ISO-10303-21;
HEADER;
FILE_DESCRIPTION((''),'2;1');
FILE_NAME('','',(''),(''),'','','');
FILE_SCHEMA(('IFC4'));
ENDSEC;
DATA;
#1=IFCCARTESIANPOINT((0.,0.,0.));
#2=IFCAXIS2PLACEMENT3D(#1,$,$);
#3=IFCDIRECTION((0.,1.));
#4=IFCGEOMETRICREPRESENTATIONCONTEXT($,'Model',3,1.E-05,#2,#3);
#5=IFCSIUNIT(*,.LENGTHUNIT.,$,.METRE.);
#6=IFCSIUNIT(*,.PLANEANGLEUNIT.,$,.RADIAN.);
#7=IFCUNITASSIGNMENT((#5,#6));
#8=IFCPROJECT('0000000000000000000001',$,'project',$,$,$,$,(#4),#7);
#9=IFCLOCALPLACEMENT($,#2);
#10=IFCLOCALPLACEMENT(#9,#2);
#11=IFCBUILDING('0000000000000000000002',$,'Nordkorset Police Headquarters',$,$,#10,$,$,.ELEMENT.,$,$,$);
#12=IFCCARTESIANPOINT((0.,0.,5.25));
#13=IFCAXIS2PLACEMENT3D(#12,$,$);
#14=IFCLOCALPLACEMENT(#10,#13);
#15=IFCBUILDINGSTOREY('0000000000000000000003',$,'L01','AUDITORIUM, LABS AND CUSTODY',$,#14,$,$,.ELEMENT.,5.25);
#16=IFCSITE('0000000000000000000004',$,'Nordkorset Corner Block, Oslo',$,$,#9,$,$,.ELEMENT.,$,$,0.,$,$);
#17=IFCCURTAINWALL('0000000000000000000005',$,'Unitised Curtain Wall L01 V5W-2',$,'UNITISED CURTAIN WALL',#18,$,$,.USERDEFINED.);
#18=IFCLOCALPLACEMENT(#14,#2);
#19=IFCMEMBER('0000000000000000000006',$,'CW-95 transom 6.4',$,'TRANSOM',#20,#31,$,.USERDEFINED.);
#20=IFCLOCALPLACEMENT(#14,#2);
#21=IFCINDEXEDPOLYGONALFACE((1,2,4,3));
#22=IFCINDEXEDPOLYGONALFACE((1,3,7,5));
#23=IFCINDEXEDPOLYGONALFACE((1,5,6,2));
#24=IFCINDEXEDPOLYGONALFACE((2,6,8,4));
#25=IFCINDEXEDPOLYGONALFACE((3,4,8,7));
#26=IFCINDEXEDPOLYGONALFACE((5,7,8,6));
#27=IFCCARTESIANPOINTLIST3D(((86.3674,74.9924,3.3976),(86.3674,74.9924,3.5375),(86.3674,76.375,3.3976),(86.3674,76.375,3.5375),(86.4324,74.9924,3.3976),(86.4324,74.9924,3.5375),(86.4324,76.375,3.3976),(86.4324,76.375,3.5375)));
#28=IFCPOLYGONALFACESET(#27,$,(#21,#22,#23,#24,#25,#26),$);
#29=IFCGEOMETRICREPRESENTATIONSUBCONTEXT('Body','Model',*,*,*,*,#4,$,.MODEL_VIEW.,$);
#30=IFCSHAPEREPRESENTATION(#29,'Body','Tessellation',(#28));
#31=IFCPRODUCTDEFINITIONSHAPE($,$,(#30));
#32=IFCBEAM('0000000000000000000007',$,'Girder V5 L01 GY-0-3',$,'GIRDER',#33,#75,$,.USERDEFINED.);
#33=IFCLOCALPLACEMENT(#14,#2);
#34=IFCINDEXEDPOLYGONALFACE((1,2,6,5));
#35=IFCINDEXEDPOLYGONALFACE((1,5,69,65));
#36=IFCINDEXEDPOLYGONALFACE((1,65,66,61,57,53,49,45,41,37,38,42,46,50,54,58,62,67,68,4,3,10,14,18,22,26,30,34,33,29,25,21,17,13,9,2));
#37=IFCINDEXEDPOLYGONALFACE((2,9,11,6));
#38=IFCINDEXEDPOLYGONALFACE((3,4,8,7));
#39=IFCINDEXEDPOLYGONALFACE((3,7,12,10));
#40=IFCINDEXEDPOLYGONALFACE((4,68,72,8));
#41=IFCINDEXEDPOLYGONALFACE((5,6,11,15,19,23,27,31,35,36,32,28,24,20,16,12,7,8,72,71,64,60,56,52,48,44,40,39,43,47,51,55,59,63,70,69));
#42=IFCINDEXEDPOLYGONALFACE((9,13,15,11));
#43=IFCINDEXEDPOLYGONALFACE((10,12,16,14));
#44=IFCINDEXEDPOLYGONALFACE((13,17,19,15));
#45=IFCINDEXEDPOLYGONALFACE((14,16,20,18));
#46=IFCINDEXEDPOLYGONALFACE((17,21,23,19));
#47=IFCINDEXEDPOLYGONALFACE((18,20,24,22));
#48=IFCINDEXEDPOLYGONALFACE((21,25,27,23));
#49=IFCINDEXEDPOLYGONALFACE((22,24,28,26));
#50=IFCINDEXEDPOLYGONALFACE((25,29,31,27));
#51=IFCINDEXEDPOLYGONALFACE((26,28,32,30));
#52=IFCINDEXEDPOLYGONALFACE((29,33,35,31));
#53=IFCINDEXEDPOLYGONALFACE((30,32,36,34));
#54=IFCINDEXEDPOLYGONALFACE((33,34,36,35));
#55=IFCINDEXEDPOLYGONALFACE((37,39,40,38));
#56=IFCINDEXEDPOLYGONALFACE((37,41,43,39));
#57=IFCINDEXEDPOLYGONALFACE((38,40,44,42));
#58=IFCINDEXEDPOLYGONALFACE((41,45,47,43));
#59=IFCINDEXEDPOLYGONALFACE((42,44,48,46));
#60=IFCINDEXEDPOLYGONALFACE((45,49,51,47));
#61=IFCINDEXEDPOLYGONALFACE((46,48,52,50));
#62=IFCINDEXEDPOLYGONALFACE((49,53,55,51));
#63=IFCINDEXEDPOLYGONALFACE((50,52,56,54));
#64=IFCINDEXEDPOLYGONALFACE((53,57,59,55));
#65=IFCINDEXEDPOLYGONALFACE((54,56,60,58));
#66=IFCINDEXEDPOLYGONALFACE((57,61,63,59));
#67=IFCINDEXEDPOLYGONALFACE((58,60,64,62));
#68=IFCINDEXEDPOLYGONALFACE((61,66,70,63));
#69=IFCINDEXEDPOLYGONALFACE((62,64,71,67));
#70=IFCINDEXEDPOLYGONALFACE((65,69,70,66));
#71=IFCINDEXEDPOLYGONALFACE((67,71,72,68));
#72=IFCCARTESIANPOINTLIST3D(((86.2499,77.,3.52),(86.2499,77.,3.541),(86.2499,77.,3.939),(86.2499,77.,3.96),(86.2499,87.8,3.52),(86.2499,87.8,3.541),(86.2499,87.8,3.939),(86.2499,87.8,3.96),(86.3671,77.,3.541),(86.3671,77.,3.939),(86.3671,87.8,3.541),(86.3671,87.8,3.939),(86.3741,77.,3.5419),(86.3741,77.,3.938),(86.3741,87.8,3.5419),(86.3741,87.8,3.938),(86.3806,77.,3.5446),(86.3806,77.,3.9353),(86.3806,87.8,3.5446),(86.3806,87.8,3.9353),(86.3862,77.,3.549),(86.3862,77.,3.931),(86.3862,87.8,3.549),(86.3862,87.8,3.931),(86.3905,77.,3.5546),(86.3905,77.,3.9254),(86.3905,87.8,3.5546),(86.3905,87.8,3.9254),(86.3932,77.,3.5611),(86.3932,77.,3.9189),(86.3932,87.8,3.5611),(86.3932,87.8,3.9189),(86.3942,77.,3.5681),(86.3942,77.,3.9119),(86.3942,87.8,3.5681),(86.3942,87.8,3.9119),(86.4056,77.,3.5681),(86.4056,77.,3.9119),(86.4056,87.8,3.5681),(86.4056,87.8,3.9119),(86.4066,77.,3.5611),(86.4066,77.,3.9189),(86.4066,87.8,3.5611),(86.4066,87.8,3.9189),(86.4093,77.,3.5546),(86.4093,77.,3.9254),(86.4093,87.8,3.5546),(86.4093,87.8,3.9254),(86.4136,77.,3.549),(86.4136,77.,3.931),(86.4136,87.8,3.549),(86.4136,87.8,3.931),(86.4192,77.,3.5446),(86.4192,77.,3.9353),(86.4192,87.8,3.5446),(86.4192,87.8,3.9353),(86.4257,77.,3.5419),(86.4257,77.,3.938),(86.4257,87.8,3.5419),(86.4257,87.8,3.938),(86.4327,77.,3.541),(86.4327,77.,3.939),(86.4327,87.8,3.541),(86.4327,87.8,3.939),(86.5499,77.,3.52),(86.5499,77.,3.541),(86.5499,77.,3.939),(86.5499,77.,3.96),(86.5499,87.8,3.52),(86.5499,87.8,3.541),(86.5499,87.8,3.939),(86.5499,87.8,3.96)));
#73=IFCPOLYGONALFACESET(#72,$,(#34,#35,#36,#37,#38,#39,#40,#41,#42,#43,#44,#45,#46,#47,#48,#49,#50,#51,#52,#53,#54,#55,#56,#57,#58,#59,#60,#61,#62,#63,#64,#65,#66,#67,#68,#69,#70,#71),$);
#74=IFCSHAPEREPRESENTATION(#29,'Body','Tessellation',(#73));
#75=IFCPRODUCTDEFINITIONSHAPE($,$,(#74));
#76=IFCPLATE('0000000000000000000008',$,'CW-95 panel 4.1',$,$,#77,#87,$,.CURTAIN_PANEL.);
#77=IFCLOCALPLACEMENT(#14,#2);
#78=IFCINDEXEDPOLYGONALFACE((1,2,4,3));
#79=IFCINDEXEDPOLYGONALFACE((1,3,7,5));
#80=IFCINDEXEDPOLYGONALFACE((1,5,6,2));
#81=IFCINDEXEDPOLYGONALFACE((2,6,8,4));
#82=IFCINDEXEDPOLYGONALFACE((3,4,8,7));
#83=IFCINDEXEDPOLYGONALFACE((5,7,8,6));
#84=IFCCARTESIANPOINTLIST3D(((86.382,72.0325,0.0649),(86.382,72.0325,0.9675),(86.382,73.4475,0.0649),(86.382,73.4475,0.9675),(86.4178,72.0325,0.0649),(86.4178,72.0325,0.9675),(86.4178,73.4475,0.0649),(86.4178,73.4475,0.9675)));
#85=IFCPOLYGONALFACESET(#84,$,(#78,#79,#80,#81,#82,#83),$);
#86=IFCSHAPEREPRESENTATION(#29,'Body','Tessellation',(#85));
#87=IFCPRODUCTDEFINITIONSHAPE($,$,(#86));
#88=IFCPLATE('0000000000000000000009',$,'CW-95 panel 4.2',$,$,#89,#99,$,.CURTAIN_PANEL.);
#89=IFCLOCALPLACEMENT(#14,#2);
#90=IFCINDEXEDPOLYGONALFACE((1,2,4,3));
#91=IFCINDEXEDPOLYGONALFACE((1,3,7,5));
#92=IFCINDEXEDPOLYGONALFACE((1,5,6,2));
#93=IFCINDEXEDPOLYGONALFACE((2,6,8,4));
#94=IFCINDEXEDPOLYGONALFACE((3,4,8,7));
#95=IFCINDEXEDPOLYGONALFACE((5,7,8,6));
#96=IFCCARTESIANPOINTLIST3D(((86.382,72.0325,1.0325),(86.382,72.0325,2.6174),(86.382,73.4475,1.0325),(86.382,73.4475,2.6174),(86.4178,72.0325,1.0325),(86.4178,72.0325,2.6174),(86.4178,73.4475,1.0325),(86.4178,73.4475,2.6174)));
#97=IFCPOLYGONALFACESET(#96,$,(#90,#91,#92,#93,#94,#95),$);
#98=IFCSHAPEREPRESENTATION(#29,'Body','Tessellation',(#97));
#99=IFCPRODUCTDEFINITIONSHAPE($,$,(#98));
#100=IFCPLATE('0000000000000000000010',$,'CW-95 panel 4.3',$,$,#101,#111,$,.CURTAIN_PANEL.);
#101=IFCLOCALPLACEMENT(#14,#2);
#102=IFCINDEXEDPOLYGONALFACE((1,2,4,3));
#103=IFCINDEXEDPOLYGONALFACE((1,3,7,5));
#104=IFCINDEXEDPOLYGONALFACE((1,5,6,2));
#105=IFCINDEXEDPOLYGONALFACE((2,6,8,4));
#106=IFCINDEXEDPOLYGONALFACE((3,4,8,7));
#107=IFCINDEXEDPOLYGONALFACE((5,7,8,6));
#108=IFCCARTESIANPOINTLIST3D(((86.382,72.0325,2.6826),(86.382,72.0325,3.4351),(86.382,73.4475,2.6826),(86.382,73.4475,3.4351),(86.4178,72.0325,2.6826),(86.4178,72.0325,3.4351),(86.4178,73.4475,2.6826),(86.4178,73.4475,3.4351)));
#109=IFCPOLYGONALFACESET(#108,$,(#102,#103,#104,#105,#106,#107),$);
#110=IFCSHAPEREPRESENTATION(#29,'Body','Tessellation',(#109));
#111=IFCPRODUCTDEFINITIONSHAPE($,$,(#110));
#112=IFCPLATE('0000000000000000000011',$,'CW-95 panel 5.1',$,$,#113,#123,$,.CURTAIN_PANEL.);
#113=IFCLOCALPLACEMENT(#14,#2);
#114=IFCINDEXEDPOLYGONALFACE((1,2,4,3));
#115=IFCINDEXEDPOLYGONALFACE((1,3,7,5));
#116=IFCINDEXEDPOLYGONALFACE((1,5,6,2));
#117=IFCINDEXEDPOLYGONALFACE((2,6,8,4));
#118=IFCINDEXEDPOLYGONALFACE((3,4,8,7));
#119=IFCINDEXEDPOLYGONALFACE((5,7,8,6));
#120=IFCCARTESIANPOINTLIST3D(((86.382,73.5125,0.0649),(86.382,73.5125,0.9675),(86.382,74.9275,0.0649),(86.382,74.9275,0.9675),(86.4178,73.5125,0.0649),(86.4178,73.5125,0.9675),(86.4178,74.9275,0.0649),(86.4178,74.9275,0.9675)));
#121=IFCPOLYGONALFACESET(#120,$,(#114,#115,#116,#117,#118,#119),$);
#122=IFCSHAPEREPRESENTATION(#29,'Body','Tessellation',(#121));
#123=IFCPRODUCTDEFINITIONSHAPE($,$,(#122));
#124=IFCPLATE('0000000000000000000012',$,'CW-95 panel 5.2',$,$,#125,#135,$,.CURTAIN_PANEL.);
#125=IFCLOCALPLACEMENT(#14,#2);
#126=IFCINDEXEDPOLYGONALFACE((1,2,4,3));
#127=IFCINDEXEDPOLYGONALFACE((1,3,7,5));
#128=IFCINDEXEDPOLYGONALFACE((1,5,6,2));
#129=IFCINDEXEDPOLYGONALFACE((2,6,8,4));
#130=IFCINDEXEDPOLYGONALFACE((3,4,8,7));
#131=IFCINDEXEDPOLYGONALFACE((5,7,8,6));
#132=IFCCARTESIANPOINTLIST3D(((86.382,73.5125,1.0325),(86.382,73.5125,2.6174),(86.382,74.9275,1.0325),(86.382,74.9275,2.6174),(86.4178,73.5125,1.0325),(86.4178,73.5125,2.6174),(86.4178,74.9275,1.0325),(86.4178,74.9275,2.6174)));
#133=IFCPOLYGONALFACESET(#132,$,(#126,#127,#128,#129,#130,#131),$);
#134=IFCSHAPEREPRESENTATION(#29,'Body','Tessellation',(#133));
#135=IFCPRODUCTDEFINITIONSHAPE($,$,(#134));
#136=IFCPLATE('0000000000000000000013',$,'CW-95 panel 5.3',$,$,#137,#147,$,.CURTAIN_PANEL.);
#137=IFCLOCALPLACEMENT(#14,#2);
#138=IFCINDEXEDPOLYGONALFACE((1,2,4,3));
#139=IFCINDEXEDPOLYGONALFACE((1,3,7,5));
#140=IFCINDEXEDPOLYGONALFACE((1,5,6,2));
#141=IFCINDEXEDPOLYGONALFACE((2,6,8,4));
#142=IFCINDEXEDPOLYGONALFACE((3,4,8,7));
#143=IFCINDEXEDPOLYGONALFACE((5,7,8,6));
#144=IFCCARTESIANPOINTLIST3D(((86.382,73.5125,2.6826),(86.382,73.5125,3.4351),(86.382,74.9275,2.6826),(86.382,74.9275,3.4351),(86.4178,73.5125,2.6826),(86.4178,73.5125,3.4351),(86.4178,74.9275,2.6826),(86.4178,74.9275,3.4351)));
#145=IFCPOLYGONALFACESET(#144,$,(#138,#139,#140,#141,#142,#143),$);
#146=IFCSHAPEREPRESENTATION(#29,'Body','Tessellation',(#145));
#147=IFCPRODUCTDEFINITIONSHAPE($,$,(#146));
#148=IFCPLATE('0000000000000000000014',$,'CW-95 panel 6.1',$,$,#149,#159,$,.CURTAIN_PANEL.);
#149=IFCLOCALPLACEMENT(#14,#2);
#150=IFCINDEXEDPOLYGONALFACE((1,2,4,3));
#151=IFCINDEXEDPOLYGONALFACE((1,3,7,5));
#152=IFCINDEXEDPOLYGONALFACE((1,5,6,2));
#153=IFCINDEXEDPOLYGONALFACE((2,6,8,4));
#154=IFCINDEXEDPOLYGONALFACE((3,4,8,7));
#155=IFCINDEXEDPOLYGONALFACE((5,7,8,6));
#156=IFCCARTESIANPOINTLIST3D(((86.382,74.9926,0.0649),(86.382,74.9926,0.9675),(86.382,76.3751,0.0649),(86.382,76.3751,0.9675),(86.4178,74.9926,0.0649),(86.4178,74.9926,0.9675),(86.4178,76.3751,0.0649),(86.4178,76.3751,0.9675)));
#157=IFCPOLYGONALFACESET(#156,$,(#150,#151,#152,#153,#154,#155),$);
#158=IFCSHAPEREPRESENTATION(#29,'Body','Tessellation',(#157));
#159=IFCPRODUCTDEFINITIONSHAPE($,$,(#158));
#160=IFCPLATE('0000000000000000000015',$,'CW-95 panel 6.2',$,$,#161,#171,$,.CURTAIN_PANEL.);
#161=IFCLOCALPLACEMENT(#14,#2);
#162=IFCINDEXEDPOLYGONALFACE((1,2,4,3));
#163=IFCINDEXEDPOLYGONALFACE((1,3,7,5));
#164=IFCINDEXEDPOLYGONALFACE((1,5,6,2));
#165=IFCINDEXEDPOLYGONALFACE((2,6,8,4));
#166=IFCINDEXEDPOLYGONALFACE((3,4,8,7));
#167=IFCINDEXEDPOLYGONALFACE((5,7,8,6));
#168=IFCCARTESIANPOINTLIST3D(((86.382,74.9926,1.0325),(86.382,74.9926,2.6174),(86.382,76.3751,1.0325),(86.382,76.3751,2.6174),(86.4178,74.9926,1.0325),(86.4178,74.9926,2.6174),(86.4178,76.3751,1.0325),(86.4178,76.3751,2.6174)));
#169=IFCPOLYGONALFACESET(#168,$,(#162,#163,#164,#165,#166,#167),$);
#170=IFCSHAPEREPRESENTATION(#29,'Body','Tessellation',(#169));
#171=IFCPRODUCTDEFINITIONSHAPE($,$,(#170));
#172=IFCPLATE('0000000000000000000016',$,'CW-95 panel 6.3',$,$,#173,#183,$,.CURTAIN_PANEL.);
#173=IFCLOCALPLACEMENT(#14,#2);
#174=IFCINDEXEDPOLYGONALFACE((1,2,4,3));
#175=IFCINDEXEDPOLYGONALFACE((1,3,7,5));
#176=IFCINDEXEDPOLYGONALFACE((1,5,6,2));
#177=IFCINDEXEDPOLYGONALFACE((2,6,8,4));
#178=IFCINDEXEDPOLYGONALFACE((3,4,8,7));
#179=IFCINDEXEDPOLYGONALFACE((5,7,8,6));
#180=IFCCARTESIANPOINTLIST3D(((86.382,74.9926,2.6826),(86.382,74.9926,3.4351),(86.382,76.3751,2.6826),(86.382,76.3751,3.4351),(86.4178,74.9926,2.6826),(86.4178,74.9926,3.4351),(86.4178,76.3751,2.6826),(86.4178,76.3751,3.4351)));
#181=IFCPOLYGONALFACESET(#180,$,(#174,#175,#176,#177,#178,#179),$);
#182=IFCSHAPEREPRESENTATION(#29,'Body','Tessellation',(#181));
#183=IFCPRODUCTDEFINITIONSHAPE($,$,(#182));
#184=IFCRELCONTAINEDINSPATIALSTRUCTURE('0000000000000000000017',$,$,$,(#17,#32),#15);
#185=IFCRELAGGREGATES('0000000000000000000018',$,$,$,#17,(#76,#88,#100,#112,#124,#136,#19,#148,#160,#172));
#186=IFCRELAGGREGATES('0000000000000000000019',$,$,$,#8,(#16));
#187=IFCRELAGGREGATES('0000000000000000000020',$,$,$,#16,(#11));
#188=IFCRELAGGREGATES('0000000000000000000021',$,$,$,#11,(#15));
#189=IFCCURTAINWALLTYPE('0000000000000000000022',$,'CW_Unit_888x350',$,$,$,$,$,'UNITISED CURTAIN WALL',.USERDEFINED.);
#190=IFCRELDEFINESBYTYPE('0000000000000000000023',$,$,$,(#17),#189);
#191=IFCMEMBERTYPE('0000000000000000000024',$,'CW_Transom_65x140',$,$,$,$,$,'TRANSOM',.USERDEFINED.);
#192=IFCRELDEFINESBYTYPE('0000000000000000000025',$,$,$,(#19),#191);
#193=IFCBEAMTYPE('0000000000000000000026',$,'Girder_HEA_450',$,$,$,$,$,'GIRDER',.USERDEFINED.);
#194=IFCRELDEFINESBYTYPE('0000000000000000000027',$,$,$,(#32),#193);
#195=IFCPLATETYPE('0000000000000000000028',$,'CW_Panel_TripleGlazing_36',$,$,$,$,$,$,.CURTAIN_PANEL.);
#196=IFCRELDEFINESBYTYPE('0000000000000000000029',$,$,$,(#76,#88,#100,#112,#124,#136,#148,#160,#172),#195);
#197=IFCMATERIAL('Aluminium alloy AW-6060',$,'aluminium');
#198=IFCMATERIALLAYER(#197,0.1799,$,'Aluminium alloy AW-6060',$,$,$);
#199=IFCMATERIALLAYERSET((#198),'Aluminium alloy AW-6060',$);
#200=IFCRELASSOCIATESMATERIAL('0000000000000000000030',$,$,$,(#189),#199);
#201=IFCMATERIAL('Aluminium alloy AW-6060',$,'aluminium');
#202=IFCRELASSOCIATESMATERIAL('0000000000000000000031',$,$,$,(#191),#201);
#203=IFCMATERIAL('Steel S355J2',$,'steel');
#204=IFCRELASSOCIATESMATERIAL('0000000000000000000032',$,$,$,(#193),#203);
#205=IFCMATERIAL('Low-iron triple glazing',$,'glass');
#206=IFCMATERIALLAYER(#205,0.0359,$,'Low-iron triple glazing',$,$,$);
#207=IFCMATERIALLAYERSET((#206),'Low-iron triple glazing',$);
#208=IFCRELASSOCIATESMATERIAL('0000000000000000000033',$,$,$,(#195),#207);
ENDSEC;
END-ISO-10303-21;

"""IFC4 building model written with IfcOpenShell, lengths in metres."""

from ifc_helpers import new_model, si_unit, direction, frame, origin, origin_2d, place, context, subcontext, project, spatial, rectangle, i_section, extrude, material, layer, layer_set, material_profile, profile_set, type_object, element, aggregate, save


model = new_model("IFC4")

# Units and contexts
model_context = context("Model", 3, precision=1e-05, world=origin(), true_north=direction((0.0, 1.0)))
body_context = subcontext(model_context, "Body", "Model", "MODEL_VIEW")
ifc_project = project(units=[si_unit("LENGTHUNIT", "METRE"), si_unit("PLANEANGLEUNIT", "RADIAN")], contexts=[model_context])

# Site, building, storey
site_placement = place(None, origin())
site = spatial("IfcSite", under=ifc_project, at=site_placement, Name="Nordkorset Corner Block, Oslo", CompositionType="ELEMENT", RefElevation=0.0)
building_placement = place(site_placement, origin())
building = spatial("IfcBuilding", under=site, at=building_placement, Name="Nordkorset Police Headquarters", CompositionType="ELEMENT")
storey_placement = place(building_placement, frame((0.0, 0.0, 5.25)))
storey = spatial("IfcBuildingStorey", under=building, at=storey_placement, Name="L01", Description="AUDITORIUM, LABS AND CUSTODY", CompositionType="ELEMENT", Elevation=5.25)

# Curtain wall, member
ifc_material_1 = material(Name="Aluminium alloy AW-6060", Category="aluminium")
ifc_layer_1 = layer(ifc_material_1, 0.1799, Name="Aluminium alloy AW-6060")
ifc_layer_set_1 = layer_set([ifc_layer_1], Name="Aluminium alloy AW-6060")
curtain_wall_type = type_object("IfcCurtainWallType", Name="CW_Unit_888x350", ElementType="UNITISED CURTAIN WALL", PredefinedType="USERDEFINED", material=ifc_layer_set_1)
curtain_wall_placement = place(storey_placement, origin())
curtain_wall = element("IfcCurtainWall", 1, at=curtain_wall_placement, inside=storey, type_object=curtain_wall_type, Name="Unitised Curtain Wall L01 V5W-2", ObjectType="UNITISED CURTAIN WALL", PredefinedType="USERDEFINED")
ifc_material_2 = material(Name="Aluminium alloy AW-6060", Category="aluminium")
ifc_material_profile_1 = material_profile(ifc_material_2, rectangle(XDim=0.0649, YDim=0.1399, at=origin_2d()), Name="ALU TRAN 65x140")
ifc_profile_set_1 = profile_set([ifc_material_profile_1], Name="Aluminium alloy AW-6060")
member_type_1 = type_object("IfcMemberType", Name="CW_Transom_65x140", ElementType="TRANSOM", PredefinedType="USERDEFINED", material=ifc_profile_set_1)
member_1_placement = place(storey_placement, frame((86.3999, 74.9924, 3.4675), z_axis=(0.0, 1.0, 0.0), x_axis=(-1.0, 0.0, 0.0)))
member_1 = element("IfcMember", 2, at=member_1_placement, type_object=member_type_1, Name="CW-95 transom 6.4", ObjectType="TRANSOM", PredefinedType="USERDEFINED", context=body_context, shape_type="SweptSolid", body=[
    extrude(rectangle(XDim=0.0649, YDim=0.1399, at=origin_2d()), origin(), (0.0, 0.0, 1.0), 1.3826),
])

# Beam
ifc_material_3 = material(Name="Steel S355J2", Category="steel")
ifc_material_profile_2 = material_profile(ifc_material_3, i_section(OverallWidth=0.3, OverallDepth=0.4399, WebThickness=0.0115, FlangeThickness=0.021, FilletRadius=0.0271, at=origin_2d()), Name="HEA 450")
ifc_profile_set_2 = profile_set([ifc_material_profile_2], Name="Steel S355J2")
beam_type = type_object("IfcBeamType", Name="Girder_HEA_450", ElementType="GIRDER", PredefinedType="USERDEFINED", material=ifc_profile_set_2)
beam_placement = place(storey_placement, frame((86.3999, 77.0, 3.74), z_axis=(0.0, 1.0, 0.0), x_axis=(-1.0, 0.0, 0.0)))
element("IfcBeam", 3, at=beam_placement, inside=storey, type_object=beam_type, Name="Girder V5 L01 GY-0-3", ObjectType="GIRDER", PredefinedType="USERDEFINED", context=body_context, shape_type="SweptSolid", body=[
    extrude(i_section(OverallWidth=0.3, OverallDepth=0.4399, WebThickness=0.0115, FlangeThickness=0.021, FilletRadius=0.0271, at=origin_2d()), origin(), (0.0, 0.0, 1.0), 10.8),
])

# Plates
ifc_material_4 = material(Name="Low-iron triple glazing", Category="glass")
ifc_layer_2 = layer(ifc_material_4, 0.0359, Name="Low-iron triple glazing")
ifc_layer_set_2 = layer_set([ifc_layer_2], Name="Low-iron triple glazing")
plate_type = type_object("IfcPlateType", Name="CW_Panel_TripleGlazing_36", PredefinedType="CURTAIN_PANEL", material=ifc_layer_set_2)
plate_1_placement = place(storey_placement, frame((86.3999, 72.74, 0.0649), z_axis=(0.0, 0.0, 1.0), x_axis=(0.0, 1.0, 0.0)))
plate_1 = element("IfcPlate", 4, at=plate_1_placement, type_object=plate_type, Name="CW-95 panel 4.1", PredefinedType="CURTAIN_PANEL", context=body_context, shape_type="SweptSolid", body=[
    extrude(rectangle(XDim=1.415, YDim=0.0359, at=origin_2d()), origin(), (0.0, 0.0, 1.0), 0.9026),
])
plate_2_placement = place(storey_placement, frame((86.3999, 72.74, 1.0325), z_axis=(0.0, 0.0, 1.0), x_axis=(0.0, 1.0, 0.0)))
plate_2 = element("IfcPlate", 5, at=plate_2_placement, type_object=plate_type, Name="CW-95 panel 4.2", PredefinedType="CURTAIN_PANEL", context=body_context, shape_type="SweptSolid", body=[
    extrude(rectangle(XDim=1.415, YDim=0.0359, at=origin_2d()), origin(), (0.0, 0.0, 1.0), 1.585),
])
plate_3_placement = place(storey_placement, frame((86.3999, 72.74, 2.6826), z_axis=(0.0, 0.0, 1.0), x_axis=(0.0, 1.0, 0.0)))
plate_3 = element("IfcPlate", 6, at=plate_3_placement, type_object=plate_type, Name="CW-95 panel 4.3", PredefinedType="CURTAIN_PANEL", context=body_context, shape_type="SweptSolid", body=[
    extrude(rectangle(XDim=1.415, YDim=0.0359, at=origin_2d()), origin(), (0.0, 0.0, 1.0), 0.7524),
])
plate_4_placement = place(storey_placement, frame((86.3999, 74.22, 0.0649), z_axis=(0.0, 0.0, 1.0), x_axis=(0.0, 1.0, 0.0)))
plate_4 = element("IfcPlate", 7, at=plate_4_placement, type_object=plate_type, Name="CW-95 panel 5.1", PredefinedType="CURTAIN_PANEL", context=body_context, shape_type="SweptSolid", body=[
    extrude(rectangle(XDim=1.415, YDim=0.0359, at=origin_2d()), origin(), (0.0, 0.0, 1.0), 0.9026),
])
plate_5_placement = place(storey_placement, frame((86.3999, 74.22, 1.0325), z_axis=(0.0, 0.0, 1.0), x_axis=(0.0, 1.0, 0.0)))
plate_5 = element("IfcPlate", 8, at=plate_5_placement, type_object=plate_type, Name="CW-95 panel 5.2", PredefinedType="CURTAIN_PANEL", context=body_context, shape_type="SweptSolid", body=[
    extrude(rectangle(XDim=1.415, YDim=0.0359, at=origin_2d()), origin(), (0.0, 0.0, 1.0), 1.585),
])
plate_6_placement = place(storey_placement, frame((86.3999, 74.22, 2.6826), z_axis=(0.0, 0.0, 1.0), x_axis=(0.0, 1.0, 0.0)))
plate_6 = element("IfcPlate", 9, at=plate_6_placement, type_object=plate_type, Name="CW-95 panel 5.3", PredefinedType="CURTAIN_PANEL", context=body_context, shape_type="SweptSolid", body=[
    extrude(rectangle(XDim=1.415, YDim=0.0359, at=origin_2d()), origin(), (0.0, 0.0, 1.0), 0.7524),
])
plate_7_placement = place(storey_placement, frame((86.3999, 75.6838, 0.0649), z_axis=(0.0, 0.0, 1.0), x_axis=(0.0, 1.0, 0.0)))
plate_7 = element("IfcPlate", 10, at=plate_7_placement, type_object=plate_type, Name="CW-95 panel 6.1", PredefinedType="CURTAIN_PANEL", context=body_context, shape_type="SweptSolid", body=[
    extrude(rectangle(XDim=1.3826, YDim=0.0359, at=origin_2d()), origin(), (0.0, 0.0, 1.0), 0.9026),
])
plate_8_placement = place(storey_placement, frame((86.3999, 75.6838, 1.0325), z_axis=(0.0, 0.0, 1.0), x_axis=(0.0, 1.0, 0.0)))
plate_8 = element("IfcPlate", 11, at=plate_8_placement, type_object=plate_type, Name="CW-95 panel 6.2", PredefinedType="CURTAIN_PANEL", context=body_context, shape_type="SweptSolid", body=[
    extrude(rectangle(XDim=1.3826, YDim=0.0359, at=origin_2d()), origin(), (0.0, 0.0, 1.0), 1.585),
])
plate_9_placement = place(storey_placement, frame((86.3999, 75.6838, 2.6826), z_axis=(0.0, 0.0, 1.0), x_axis=(0.0, 1.0, 0.0)))
plate_9 = element("IfcPlate", 12, at=plate_9_placement, type_object=plate_type, Name="CW-95 panel 6.3", PredefinedType="CURTAIN_PANEL", context=body_context, shape_type="SweptSolid", body=[
    extrude(rectangle(XDim=1.3826, YDim=0.0359, at=origin_2d()), origin(), (0.0, 0.0, 1.0), 0.7524),
])
aggregate(curtain_wall, [plate_1, plate_2, plate_3, plate_4, plate_5, plate_6, member_1, plate_7, plate_8, plate_9])

save(model, "model.ifc")
